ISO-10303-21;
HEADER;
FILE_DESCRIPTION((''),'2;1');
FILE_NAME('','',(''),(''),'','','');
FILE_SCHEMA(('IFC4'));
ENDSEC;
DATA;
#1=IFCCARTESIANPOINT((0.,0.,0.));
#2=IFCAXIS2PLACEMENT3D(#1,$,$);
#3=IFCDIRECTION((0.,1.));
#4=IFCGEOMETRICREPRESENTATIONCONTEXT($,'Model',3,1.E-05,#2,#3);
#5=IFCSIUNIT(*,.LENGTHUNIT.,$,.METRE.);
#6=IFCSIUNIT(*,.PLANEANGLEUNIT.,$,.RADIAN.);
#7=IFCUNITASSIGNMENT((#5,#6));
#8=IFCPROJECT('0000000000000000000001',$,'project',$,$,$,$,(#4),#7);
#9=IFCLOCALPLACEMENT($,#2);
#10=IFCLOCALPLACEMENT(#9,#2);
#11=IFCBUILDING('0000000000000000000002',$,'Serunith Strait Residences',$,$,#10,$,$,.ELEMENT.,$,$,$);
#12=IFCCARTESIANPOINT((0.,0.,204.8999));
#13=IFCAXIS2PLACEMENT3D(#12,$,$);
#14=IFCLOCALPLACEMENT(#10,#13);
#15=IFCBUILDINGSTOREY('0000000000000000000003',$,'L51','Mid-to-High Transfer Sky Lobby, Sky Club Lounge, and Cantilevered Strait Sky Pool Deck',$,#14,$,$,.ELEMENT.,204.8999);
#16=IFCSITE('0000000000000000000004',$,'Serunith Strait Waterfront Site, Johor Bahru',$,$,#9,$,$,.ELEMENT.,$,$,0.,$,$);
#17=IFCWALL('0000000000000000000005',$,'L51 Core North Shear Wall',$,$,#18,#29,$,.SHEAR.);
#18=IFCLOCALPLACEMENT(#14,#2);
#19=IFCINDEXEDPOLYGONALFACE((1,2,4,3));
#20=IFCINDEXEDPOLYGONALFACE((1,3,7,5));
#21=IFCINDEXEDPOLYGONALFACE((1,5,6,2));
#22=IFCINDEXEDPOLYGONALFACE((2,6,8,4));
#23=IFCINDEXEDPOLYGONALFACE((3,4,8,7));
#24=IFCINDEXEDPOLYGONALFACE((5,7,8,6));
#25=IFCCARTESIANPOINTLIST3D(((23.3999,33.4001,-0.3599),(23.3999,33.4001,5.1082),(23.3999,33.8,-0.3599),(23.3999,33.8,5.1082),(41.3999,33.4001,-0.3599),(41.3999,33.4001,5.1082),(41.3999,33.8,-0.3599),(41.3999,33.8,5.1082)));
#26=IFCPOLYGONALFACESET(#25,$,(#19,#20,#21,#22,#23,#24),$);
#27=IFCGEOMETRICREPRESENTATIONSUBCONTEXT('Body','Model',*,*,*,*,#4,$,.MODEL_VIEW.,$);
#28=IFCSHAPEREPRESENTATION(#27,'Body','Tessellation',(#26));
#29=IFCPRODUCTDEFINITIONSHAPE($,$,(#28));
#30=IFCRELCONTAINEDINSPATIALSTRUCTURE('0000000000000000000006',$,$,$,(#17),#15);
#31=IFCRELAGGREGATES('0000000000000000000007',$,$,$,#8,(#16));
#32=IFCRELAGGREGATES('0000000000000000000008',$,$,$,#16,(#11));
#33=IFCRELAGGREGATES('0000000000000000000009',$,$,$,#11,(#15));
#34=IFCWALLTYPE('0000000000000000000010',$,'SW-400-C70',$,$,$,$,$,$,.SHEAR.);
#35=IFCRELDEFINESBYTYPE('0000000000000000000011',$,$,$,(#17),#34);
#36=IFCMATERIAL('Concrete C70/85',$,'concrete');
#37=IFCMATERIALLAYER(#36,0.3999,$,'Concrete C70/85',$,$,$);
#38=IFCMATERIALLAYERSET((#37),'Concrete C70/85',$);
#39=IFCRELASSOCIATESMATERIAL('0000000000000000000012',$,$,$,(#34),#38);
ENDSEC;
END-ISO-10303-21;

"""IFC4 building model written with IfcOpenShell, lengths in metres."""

from ifc_helpers import new_model, si_unit, direction, frame, frame_2d, origin, place, context, subcontext, project, spatial, rectangle, extrude, material, layer, layer_set, type_object, element, save


model = new_model("IFC4")

# Units and contexts
model_context = context("Model", 3, precision=1e-05, world=origin(), true_north=direction((0.0, 1.0)))
body_context = subcontext(model_context, "Body", "Model", "MODEL_VIEW")
ifc_project = project(units=[si_unit("LENGTHUNIT", "METRE"), si_unit("PLANEANGLEUNIT", "RADIAN")], contexts=[model_context])

# Site, building, storey
site_placement = place(None, origin())
site = spatial("IfcSite", under=ifc_project, at=site_placement, Name="Serunith Strait Waterfront Site, Johor Bahru", CompositionType="ELEMENT", RefElevation=0.0)
building_placement = place(site_placement, origin())
building = spatial("IfcBuilding", under=site, at=building_placement, Name="Serunith Strait Residences", CompositionType="ELEMENT")
storey_placement = place(building_placement, frame((0.0, 0.0, 204.8999)))
storey = spatial("IfcBuildingStorey", under=building, at=storey_placement, Name="L51", Description="Mid-to-High Transfer Sky Lobby, Sky Club Lounge, and Cantilevered Strait Sky Pool Deck", CompositionType="ELEMENT", Elevation=204.8999)

# Wall
ifc_material_1 = material(Name="Concrete C70/85", Category="concrete")
ifc_layer_1 = layer(ifc_material_1, 0.3999, Name="Concrete C70/85")
ifc_layer_set_1 = layer_set([ifc_layer_1], Name="Concrete C70/85")
wall_type_1 = type_object("IfcWallType", Name="SW-400-C70", PredefinedType="SHEAR", material=ifc_layer_set_1)
wall_1_placement = place(storey_placement, frame((41.3999, 33.6001, -0.3599), z_axis=(0.0, 0.0, 1.0), x_axis=(-1.0, 0.0, 0.0)))
element("IfcWall", 1, at=wall_1_placement, inside=storey, type_object=wall_type_1, Name="L51 Core North Shear Wall", PredefinedType="SHEAR", context=body_context, shape_type="SweptSolid", body=[
    extrude(rectangle(XDim=18.0, YDim=0.3999, at=frame_2d((9.0, 0.0))), origin(), (0.0, 0.0, 1.0), 5.468),
])

save(model, "model.ifc")
